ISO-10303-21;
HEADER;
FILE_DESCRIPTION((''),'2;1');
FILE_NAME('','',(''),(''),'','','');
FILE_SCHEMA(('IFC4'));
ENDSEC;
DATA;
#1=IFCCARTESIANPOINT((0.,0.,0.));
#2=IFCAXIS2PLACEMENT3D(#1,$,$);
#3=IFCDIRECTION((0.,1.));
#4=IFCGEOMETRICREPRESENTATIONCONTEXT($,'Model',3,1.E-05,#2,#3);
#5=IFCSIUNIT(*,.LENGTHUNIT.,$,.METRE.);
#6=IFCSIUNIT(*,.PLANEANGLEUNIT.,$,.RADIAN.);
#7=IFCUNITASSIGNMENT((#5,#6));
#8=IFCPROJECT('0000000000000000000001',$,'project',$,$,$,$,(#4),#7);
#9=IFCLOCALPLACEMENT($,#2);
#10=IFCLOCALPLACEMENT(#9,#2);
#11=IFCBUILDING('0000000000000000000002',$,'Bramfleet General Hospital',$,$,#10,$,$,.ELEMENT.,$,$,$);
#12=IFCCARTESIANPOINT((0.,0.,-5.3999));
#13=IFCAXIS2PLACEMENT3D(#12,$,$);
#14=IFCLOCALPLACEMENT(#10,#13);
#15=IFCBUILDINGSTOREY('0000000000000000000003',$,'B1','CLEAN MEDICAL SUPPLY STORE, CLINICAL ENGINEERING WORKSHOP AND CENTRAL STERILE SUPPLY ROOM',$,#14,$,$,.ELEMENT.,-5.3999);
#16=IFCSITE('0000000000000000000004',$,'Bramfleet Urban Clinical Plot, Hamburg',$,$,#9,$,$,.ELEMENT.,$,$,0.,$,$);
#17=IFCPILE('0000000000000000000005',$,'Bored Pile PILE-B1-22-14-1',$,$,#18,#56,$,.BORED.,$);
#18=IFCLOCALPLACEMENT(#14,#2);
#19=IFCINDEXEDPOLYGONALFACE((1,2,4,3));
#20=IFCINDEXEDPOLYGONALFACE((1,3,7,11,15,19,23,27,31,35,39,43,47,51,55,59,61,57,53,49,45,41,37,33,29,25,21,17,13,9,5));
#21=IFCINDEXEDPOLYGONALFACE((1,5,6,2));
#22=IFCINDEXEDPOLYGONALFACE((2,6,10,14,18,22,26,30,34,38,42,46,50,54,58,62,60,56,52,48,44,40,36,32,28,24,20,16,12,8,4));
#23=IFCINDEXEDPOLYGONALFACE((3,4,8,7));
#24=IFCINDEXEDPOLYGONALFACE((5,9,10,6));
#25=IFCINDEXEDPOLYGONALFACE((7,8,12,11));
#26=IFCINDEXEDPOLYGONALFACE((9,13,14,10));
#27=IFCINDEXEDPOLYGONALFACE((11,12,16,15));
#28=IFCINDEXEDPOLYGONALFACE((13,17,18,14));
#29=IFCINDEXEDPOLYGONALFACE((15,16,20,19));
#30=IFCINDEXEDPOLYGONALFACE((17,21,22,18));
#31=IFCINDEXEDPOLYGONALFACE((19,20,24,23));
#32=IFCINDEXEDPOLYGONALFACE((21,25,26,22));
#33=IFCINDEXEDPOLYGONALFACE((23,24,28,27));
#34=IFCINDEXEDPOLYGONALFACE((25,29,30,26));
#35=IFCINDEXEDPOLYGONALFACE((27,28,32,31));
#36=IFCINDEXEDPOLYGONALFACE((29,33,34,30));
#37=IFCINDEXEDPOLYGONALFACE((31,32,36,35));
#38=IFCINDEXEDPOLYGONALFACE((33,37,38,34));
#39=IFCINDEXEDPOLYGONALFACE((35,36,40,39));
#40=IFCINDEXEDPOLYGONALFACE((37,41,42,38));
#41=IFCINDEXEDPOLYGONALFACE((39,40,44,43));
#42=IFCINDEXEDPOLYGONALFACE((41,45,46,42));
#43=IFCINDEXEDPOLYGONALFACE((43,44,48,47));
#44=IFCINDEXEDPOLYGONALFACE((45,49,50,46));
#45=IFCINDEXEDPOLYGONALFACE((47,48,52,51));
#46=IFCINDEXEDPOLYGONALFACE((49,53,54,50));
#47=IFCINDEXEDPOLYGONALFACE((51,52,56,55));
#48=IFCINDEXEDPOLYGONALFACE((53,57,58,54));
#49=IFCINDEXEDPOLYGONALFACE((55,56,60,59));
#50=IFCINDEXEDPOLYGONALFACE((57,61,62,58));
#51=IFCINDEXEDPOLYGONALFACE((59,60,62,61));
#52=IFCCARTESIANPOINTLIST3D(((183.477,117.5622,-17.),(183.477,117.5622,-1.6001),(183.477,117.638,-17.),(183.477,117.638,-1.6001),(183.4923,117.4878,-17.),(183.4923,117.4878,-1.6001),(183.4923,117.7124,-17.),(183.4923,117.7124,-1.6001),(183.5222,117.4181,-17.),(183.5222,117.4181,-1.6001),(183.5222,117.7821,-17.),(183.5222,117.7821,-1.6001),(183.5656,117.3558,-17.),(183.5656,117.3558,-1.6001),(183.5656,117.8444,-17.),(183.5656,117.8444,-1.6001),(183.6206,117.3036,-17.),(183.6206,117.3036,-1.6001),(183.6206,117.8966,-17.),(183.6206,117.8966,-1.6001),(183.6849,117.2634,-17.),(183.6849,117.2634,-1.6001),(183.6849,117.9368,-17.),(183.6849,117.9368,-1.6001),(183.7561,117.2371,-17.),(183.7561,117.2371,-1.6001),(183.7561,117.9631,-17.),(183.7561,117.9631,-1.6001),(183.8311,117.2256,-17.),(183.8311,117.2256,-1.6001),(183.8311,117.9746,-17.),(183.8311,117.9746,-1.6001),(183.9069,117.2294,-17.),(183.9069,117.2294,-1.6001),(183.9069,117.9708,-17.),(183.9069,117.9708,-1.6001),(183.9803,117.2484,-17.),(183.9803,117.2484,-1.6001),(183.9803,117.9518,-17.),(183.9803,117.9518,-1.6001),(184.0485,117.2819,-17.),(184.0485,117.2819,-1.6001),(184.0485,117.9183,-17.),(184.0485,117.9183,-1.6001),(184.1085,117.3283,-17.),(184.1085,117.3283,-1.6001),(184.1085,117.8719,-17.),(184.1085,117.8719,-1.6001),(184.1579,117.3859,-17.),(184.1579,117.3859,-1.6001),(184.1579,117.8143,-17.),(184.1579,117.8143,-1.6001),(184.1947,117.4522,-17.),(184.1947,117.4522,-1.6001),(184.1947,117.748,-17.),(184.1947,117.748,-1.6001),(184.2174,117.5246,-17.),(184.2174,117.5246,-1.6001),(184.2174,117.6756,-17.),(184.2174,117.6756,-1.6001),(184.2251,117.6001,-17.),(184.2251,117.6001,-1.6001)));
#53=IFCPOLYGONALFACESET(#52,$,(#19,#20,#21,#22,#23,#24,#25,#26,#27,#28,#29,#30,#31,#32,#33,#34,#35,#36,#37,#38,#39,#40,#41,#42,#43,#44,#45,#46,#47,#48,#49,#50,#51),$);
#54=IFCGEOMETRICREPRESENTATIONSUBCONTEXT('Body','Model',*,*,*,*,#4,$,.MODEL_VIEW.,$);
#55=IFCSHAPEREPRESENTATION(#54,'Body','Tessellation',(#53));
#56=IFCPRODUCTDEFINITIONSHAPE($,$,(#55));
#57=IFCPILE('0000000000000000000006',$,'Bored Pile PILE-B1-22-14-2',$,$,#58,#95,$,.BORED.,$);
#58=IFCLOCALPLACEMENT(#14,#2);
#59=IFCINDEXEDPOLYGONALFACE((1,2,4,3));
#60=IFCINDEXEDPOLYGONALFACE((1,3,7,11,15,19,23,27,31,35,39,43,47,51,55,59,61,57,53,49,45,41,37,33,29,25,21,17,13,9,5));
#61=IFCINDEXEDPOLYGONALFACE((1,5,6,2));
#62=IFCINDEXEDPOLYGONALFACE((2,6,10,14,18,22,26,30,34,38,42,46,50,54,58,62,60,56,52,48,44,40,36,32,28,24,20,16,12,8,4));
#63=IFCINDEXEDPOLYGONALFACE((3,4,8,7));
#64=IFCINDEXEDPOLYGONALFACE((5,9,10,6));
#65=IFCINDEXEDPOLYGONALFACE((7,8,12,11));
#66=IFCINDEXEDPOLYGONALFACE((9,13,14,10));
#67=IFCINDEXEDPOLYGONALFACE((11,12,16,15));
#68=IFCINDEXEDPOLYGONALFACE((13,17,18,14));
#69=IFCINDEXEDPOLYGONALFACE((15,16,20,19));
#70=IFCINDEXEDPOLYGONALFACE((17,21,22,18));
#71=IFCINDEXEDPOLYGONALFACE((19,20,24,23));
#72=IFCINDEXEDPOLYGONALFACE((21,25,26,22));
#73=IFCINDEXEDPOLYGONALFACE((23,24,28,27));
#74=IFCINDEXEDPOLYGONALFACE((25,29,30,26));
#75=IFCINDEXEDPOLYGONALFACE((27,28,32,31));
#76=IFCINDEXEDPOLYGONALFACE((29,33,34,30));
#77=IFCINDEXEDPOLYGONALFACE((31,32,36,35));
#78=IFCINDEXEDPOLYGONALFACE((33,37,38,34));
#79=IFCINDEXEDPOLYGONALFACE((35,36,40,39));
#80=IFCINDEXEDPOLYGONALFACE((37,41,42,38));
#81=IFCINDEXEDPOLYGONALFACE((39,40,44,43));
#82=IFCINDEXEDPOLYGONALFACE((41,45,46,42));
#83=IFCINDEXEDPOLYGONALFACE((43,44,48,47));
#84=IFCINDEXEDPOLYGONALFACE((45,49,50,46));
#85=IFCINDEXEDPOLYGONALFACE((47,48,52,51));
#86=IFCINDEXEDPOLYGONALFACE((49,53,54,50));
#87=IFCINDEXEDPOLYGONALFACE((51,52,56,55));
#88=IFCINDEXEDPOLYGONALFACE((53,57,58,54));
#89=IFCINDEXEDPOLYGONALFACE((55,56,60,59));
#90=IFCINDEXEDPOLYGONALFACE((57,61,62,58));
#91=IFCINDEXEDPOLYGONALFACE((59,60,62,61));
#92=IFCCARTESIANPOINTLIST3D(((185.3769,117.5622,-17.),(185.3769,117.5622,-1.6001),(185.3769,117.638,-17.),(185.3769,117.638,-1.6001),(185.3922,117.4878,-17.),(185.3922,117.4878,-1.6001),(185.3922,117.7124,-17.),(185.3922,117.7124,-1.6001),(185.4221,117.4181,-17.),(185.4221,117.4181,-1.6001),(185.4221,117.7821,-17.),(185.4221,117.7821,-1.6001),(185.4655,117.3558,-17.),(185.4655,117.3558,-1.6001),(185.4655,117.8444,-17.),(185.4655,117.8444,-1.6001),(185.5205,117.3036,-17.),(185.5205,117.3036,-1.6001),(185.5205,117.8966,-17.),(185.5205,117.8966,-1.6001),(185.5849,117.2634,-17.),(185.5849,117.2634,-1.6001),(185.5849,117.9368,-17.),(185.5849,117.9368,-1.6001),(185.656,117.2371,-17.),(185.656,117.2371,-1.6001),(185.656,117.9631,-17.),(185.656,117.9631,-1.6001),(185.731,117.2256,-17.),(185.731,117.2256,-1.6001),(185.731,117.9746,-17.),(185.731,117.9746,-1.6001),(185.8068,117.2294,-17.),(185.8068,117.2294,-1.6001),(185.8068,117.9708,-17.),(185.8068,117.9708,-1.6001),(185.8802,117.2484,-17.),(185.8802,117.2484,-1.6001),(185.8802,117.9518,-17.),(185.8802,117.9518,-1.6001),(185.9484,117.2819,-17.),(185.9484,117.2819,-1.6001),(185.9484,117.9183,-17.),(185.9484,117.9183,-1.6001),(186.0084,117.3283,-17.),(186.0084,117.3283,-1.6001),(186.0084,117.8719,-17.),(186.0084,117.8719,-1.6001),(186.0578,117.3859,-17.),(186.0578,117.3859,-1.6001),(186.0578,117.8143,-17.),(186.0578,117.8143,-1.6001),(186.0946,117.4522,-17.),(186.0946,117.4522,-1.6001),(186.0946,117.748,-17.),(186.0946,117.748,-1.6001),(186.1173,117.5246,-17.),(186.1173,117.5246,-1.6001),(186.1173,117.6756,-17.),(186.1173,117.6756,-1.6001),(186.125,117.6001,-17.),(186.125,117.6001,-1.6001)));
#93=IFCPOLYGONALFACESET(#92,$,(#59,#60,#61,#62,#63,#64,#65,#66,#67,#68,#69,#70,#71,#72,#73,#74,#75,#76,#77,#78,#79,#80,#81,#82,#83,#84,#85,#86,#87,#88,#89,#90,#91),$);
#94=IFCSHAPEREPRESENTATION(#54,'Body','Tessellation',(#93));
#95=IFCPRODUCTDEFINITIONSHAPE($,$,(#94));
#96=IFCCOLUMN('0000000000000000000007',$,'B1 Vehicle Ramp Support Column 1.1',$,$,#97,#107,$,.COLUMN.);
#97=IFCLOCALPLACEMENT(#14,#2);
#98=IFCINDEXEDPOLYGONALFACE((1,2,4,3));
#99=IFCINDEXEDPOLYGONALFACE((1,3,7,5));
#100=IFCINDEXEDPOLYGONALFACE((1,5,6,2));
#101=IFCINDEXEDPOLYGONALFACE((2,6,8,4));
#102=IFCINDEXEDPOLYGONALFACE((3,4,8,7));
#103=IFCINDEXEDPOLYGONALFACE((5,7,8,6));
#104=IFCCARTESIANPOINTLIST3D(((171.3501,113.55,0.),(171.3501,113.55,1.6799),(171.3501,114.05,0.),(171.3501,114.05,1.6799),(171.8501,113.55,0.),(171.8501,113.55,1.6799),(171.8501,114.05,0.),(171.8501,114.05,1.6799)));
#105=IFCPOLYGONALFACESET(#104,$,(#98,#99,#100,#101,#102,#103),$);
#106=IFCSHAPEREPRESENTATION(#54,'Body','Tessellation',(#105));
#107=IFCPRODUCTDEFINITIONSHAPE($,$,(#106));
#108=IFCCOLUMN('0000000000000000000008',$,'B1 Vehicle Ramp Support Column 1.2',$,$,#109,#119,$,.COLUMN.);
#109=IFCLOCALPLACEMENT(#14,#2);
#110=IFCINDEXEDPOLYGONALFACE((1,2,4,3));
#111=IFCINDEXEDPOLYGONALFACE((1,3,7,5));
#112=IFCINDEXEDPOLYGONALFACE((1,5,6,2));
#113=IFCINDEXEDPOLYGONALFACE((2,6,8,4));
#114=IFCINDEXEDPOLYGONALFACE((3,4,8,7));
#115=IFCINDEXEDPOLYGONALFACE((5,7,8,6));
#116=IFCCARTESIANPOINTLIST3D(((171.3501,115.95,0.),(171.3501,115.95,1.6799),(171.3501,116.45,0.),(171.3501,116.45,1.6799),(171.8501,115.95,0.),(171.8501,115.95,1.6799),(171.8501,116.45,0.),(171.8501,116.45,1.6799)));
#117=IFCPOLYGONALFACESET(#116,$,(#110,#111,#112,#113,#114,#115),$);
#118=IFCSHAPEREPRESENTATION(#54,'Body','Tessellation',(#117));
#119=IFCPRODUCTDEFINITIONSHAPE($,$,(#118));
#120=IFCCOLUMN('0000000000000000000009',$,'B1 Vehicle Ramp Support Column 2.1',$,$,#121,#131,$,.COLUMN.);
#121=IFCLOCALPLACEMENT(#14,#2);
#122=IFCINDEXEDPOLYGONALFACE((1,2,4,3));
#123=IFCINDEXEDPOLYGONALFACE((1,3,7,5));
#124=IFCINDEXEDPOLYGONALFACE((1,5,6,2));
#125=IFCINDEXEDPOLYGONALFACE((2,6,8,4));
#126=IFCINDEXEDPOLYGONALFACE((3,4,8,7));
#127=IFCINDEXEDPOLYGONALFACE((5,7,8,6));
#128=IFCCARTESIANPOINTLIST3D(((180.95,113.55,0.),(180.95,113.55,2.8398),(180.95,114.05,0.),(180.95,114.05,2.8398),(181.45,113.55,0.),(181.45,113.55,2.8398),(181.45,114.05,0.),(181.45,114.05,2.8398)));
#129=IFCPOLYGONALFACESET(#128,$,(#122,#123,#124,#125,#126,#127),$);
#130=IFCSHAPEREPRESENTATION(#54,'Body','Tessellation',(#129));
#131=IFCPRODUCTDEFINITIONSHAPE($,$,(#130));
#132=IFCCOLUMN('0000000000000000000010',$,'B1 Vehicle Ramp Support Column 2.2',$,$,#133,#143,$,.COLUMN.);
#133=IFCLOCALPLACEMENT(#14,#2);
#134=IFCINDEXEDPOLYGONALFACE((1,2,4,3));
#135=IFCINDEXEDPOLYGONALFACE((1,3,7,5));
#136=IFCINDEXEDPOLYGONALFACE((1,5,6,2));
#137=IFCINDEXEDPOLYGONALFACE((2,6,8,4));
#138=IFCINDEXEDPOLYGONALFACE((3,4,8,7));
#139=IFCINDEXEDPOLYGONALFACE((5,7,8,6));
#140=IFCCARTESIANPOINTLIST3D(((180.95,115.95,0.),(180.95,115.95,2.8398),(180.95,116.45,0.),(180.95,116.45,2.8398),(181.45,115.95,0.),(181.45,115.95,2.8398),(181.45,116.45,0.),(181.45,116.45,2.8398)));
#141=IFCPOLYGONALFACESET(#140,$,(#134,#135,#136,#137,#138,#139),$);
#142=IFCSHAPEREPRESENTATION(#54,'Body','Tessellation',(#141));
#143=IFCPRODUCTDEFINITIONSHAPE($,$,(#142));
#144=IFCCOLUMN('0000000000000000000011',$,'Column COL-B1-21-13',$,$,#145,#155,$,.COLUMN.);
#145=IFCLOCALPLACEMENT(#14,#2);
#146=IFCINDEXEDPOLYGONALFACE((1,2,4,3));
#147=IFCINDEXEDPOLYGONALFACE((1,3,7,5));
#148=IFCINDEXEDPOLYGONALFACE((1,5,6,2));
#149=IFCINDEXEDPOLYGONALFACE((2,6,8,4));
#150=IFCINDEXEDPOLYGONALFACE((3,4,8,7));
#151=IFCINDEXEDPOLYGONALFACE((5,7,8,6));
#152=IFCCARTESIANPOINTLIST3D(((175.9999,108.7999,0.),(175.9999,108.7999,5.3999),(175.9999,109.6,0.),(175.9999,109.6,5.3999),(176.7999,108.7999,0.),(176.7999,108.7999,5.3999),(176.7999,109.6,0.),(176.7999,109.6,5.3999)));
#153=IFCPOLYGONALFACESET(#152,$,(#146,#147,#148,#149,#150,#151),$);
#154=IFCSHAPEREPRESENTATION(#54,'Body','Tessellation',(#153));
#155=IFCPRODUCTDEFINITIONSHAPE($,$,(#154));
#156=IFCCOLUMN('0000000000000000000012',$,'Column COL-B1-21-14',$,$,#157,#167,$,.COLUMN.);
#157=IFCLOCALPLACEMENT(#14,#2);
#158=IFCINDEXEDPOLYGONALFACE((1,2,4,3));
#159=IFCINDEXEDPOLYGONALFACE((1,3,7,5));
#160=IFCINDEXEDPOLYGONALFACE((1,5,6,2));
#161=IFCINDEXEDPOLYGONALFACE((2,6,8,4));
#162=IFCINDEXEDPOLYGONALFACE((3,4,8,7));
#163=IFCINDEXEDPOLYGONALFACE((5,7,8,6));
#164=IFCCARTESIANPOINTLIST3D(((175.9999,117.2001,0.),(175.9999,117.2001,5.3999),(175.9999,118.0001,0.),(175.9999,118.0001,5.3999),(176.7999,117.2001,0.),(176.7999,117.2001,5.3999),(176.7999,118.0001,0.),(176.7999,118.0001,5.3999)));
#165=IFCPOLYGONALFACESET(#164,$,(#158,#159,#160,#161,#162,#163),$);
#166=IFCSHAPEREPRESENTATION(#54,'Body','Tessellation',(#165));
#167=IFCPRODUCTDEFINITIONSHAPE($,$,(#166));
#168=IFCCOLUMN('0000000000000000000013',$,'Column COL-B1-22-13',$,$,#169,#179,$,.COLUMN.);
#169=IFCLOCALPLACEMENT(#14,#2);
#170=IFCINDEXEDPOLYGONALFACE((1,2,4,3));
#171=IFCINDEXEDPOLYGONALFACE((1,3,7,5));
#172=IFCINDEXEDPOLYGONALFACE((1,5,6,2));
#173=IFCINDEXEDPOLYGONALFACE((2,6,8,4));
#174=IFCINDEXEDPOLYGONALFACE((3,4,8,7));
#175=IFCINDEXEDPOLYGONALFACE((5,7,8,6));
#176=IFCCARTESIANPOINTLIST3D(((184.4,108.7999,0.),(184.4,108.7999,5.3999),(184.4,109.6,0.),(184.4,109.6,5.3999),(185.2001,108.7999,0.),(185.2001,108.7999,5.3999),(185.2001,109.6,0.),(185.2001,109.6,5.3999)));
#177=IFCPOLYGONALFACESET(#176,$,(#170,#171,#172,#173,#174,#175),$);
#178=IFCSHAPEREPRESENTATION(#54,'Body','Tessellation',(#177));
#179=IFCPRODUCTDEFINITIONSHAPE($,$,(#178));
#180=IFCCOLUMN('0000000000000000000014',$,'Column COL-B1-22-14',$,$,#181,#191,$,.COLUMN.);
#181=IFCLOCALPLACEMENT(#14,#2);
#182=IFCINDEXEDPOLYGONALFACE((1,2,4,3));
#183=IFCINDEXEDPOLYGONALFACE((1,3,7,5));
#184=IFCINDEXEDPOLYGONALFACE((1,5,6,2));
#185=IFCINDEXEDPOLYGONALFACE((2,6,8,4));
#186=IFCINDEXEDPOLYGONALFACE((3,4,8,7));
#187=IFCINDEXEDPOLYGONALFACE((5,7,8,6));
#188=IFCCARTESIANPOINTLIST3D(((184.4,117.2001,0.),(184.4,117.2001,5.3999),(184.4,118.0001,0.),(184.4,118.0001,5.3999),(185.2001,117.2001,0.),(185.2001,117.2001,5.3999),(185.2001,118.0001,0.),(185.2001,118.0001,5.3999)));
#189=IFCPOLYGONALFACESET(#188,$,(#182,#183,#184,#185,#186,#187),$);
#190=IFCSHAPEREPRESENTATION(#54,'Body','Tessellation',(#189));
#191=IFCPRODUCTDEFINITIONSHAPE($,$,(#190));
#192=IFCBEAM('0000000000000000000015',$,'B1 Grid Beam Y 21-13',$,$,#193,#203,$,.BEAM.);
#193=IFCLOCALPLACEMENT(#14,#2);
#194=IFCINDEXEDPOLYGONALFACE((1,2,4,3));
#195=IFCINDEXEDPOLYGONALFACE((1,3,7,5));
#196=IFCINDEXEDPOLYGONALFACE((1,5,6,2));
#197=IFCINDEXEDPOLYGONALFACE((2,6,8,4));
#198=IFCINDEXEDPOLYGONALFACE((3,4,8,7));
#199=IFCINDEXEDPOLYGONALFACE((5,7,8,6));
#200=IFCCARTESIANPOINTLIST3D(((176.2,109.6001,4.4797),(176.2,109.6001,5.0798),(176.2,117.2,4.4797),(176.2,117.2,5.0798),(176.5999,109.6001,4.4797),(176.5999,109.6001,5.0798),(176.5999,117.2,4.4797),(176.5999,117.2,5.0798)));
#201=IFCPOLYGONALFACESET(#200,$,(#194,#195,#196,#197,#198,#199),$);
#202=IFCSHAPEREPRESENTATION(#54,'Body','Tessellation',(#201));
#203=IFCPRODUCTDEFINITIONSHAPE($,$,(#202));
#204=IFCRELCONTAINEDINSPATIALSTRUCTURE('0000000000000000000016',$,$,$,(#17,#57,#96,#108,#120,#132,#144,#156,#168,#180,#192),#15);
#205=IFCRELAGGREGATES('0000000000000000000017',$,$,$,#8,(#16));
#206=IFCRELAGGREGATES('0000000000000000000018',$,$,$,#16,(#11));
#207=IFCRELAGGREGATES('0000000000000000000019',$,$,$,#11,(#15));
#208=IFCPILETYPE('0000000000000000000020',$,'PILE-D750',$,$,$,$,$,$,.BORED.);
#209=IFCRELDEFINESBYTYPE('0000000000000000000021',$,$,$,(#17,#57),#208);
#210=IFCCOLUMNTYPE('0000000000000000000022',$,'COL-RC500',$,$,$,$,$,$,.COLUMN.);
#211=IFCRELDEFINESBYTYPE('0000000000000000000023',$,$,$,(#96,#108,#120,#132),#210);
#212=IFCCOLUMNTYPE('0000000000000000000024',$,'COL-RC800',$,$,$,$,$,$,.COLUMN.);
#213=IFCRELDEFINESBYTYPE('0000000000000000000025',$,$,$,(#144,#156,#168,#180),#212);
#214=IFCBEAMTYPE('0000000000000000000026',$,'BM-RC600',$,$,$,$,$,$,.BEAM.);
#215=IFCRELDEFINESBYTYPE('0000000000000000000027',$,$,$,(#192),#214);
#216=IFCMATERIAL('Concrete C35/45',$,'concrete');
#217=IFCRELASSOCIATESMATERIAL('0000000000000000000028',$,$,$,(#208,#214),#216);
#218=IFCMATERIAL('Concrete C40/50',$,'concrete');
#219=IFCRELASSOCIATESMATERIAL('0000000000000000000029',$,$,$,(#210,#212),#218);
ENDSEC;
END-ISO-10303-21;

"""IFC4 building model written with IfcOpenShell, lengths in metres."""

from ifc_helpers import new_model, si_unit, direction, frame, origin, origin_2d, place, context, subcontext, project, spatial, rectangle, circle, extrude, material, material_profile, profile_set, type_object, element, save


model = new_model("IFC4")

# Units and contexts
model_context = context("Model", 3, precision=1e-05, world=origin(), true_north=direction((0.0, 1.0)))
body_context = subcontext(model_context, "Body", "Model", "MODEL_VIEW")
ifc_project = project(units=[si_unit("LENGTHUNIT", "METRE"), si_unit("PLANEANGLEUNIT", "RADIAN")], contexts=[model_context])

# Site, building, storey
site_placement = place(None, origin())
site = spatial("IfcSite", under=ifc_project, at=site_placement, Name="Bramfleet Urban Clinical Plot, Hamburg", CompositionType="ELEMENT", RefElevation=0.0)
building_placement = place(site_placement, origin())
building = spatial("IfcBuilding", under=site, at=building_placement, Name="Bramfleet General Hospital", CompositionType="ELEMENT")
storey_placement = place(building_placement, frame((0.0, 0.0, -5.3999)))
storey = spatial("IfcBuildingStorey", under=building, at=storey_placement, Name="B1", Description="CLEAN MEDICAL SUPPLY STORE, CLINICAL ENGINEERING WORKSHOP AND CENTRAL STERILE SUPPLY ROOM", CompositionType="ELEMENT", Elevation=-5.3999)

# Shared definitions
ifc_material_1 = material(Name="Concrete C35/45", Category="concrete")

# Piles
ifc_material_profile_1 = material_profile(ifc_material_1, circle(Radius=0.375, at=origin_2d()), Name="PILE BORED D750")
ifc_profile_set_1 = profile_set([ifc_material_profile_1], Name="Concrete C35/45")
pile_type = type_object("IfcPileType", Name="PILE-D750", PredefinedType="BORED", material=ifc_profile_set_1)
for number, where, z_axis, x_axis, name in (
    (1, (183.8501, 117.6001, -1.6001), (0.0, 0.0, -1.0), (1.0, 0.0, 0.0), "Bored Pile PILE-B1-22-14-1"),
    (2, (185.75, 117.6001, -1.6001), (0.0, 0.0, -1.0), (1.0, 0.0, 0.0), "Bored Pile PILE-B1-22-14-2"),
):
    element("IfcPile", number, at=place(storey_placement, frame(where, z_axis=z_axis, x_axis=x_axis)), inside=storey, type_object=pile_type, Name=name, PredefinedType="BORED", context=body_context, shape_type="SweptSolid", body=[
        extrude(circle(Radius=0.375, at=origin_2d()), origin(), (0.0, 0.0, 1.0), 15.3999),
    ])

# Columns
ifc_material_2 = material(Name="Concrete C40/50", Category="concrete")
ifc_material_profile_2 = material_profile(ifc_material_2, rectangle(XDim=0.5, YDim=0.5, at=origin_2d()), Name="RC COL 500x500")
ifc_profile_set_2 = profile_set([ifc_material_profile_2], Name="Concrete C40/50")
column_type_1 = type_object("IfcColumnType", Name="COL-RC500", PredefinedType="COLUMN", material=ifc_profile_set_2)
for number, where, z_axis, x_axis, name in (
    (3, (171.6001, 113.8, 0.0), (0.0, 0.0, 1.0), (1.0, 0.0, 0.0), "B1 Vehicle Ramp Support Column 1.1"),
    (4, (171.6001, 116.2, 0.0), (0.0, 0.0, 1.0), (1.0, 0.0, 0.0), "B1 Vehicle Ramp Support Column 1.2"),
):
    element("IfcColumn", number, at=place(storey_placement, frame(where, z_axis=z_axis, x_axis=x_axis)), inside=storey, type_object=column_type_1, Name=name, PredefinedType="COLUMN", context=body_context, shape_type="SweptSolid", body=[
        extrude(rectangle(XDim=0.5, YDim=0.5, at=origin_2d()), origin(), (0.0, 0.0, 1.0), 1.6799),
    ])
for number, where, z_axis, x_axis, name in (
    (5, (181.2, 113.8, 0.0), (0.0, 0.0, 1.0), (1.0, 0.0, 0.0), "B1 Vehicle Ramp Support Column 2.1"),
    (6, (181.2, 116.2, 0.0), (0.0, 0.0, 1.0), (1.0, 0.0, 0.0), "B1 Vehicle Ramp Support Column 2.2"),
):
    element("IfcColumn", number, at=place(storey_placement, frame(where, z_axis=z_axis, x_axis=x_axis)), inside=storey, type_object=column_type_1, Name=name, PredefinedType="COLUMN", context=body_context, shape_type="SweptSolid", body=[
        extrude(rectangle(XDim=0.5, YDim=0.5, at=origin_2d()), origin(), (0.0, 0.0, 1.0), 2.8398),
    ])
ifc_material_profile_3 = material_profile(ifc_material_2, rectangle(XDim=0.8, YDim=0.8, at=origin_2d()), Name="RC COL 800x800")
ifc_profile_set_3 = profile_set([ifc_material_profile_3], Name="Concrete C40/50")
column_type_2 = type_object("IfcColumnType", Name="COL-RC800", PredefinedType="COLUMN", material=ifc_profile_set_3)
for number, where, z_axis, x_axis, name in (
    (7, (176.3999, 109.2, 0.0), (0.0, 0.0, 1.0), (1.0, 0.0, 0.0), "Column COL-B1-21-13"),
    (8, (176.3999, 117.6001, 0.0), (0.0, 0.0, 1.0), (1.0, 0.0, 0.0), "Column COL-B1-21-14"),
    (9, (184.8, 109.2, 0.0), (0.0, 0.0, 1.0), (1.0, 0.0, 0.0), "Column COL-B1-22-13"),
    (10, (184.8, 117.6001, 0.0), (0.0, 0.0, 1.0), (1.0, 0.0, 0.0), "Column COL-B1-22-14"),
):
    element("IfcColumn", number, at=place(storey_placement, frame(where, z_axis=z_axis, x_axis=x_axis)), inside=storey, type_object=column_type_2, Name=name, PredefinedType="COLUMN", context=body_context, shape_type="SweptSolid", body=[
        extrude(rectangle(XDim=0.8, YDim=0.8, at=origin_2d()), origin(), (0.0, 0.0, 1.0), 5.3999),
    ])

# Beam
ifc_material_profile_4 = material_profile(ifc_material_1, rectangle(XDim=0.3999, YDim=0.6001, at=origin_2d()), Name="RC BM 600x400")
ifc_profile_set_4 = profile_set([ifc_material_profile_4], Name="Concrete C35/45")
beam_type_1 = type_object("IfcBeamType", Name="BM-RC600", PredefinedType="BEAM", material=ifc_profile_set_4)
beam_1_placement = place(storey_placement, frame((176.3999, 109.6001, 4.7798), z_axis=(0.0, 1.0, 0.0), x_axis=(-1.0, 0.0, 0.0)))
element("IfcBeam", 11, at=beam_1_placement, inside=storey, type_object=beam_type_1, Name="B1 Grid Beam Y 21-13", PredefinedType="BEAM", context=body_context, shape_type="SweptSolid", body=[
    extrude(rectangle(XDim=0.3999, YDim=0.6001, at=origin_2d()), origin(), (0.0, 0.0, 1.0), 7.5999),
])

save(model, "model.ifc")
